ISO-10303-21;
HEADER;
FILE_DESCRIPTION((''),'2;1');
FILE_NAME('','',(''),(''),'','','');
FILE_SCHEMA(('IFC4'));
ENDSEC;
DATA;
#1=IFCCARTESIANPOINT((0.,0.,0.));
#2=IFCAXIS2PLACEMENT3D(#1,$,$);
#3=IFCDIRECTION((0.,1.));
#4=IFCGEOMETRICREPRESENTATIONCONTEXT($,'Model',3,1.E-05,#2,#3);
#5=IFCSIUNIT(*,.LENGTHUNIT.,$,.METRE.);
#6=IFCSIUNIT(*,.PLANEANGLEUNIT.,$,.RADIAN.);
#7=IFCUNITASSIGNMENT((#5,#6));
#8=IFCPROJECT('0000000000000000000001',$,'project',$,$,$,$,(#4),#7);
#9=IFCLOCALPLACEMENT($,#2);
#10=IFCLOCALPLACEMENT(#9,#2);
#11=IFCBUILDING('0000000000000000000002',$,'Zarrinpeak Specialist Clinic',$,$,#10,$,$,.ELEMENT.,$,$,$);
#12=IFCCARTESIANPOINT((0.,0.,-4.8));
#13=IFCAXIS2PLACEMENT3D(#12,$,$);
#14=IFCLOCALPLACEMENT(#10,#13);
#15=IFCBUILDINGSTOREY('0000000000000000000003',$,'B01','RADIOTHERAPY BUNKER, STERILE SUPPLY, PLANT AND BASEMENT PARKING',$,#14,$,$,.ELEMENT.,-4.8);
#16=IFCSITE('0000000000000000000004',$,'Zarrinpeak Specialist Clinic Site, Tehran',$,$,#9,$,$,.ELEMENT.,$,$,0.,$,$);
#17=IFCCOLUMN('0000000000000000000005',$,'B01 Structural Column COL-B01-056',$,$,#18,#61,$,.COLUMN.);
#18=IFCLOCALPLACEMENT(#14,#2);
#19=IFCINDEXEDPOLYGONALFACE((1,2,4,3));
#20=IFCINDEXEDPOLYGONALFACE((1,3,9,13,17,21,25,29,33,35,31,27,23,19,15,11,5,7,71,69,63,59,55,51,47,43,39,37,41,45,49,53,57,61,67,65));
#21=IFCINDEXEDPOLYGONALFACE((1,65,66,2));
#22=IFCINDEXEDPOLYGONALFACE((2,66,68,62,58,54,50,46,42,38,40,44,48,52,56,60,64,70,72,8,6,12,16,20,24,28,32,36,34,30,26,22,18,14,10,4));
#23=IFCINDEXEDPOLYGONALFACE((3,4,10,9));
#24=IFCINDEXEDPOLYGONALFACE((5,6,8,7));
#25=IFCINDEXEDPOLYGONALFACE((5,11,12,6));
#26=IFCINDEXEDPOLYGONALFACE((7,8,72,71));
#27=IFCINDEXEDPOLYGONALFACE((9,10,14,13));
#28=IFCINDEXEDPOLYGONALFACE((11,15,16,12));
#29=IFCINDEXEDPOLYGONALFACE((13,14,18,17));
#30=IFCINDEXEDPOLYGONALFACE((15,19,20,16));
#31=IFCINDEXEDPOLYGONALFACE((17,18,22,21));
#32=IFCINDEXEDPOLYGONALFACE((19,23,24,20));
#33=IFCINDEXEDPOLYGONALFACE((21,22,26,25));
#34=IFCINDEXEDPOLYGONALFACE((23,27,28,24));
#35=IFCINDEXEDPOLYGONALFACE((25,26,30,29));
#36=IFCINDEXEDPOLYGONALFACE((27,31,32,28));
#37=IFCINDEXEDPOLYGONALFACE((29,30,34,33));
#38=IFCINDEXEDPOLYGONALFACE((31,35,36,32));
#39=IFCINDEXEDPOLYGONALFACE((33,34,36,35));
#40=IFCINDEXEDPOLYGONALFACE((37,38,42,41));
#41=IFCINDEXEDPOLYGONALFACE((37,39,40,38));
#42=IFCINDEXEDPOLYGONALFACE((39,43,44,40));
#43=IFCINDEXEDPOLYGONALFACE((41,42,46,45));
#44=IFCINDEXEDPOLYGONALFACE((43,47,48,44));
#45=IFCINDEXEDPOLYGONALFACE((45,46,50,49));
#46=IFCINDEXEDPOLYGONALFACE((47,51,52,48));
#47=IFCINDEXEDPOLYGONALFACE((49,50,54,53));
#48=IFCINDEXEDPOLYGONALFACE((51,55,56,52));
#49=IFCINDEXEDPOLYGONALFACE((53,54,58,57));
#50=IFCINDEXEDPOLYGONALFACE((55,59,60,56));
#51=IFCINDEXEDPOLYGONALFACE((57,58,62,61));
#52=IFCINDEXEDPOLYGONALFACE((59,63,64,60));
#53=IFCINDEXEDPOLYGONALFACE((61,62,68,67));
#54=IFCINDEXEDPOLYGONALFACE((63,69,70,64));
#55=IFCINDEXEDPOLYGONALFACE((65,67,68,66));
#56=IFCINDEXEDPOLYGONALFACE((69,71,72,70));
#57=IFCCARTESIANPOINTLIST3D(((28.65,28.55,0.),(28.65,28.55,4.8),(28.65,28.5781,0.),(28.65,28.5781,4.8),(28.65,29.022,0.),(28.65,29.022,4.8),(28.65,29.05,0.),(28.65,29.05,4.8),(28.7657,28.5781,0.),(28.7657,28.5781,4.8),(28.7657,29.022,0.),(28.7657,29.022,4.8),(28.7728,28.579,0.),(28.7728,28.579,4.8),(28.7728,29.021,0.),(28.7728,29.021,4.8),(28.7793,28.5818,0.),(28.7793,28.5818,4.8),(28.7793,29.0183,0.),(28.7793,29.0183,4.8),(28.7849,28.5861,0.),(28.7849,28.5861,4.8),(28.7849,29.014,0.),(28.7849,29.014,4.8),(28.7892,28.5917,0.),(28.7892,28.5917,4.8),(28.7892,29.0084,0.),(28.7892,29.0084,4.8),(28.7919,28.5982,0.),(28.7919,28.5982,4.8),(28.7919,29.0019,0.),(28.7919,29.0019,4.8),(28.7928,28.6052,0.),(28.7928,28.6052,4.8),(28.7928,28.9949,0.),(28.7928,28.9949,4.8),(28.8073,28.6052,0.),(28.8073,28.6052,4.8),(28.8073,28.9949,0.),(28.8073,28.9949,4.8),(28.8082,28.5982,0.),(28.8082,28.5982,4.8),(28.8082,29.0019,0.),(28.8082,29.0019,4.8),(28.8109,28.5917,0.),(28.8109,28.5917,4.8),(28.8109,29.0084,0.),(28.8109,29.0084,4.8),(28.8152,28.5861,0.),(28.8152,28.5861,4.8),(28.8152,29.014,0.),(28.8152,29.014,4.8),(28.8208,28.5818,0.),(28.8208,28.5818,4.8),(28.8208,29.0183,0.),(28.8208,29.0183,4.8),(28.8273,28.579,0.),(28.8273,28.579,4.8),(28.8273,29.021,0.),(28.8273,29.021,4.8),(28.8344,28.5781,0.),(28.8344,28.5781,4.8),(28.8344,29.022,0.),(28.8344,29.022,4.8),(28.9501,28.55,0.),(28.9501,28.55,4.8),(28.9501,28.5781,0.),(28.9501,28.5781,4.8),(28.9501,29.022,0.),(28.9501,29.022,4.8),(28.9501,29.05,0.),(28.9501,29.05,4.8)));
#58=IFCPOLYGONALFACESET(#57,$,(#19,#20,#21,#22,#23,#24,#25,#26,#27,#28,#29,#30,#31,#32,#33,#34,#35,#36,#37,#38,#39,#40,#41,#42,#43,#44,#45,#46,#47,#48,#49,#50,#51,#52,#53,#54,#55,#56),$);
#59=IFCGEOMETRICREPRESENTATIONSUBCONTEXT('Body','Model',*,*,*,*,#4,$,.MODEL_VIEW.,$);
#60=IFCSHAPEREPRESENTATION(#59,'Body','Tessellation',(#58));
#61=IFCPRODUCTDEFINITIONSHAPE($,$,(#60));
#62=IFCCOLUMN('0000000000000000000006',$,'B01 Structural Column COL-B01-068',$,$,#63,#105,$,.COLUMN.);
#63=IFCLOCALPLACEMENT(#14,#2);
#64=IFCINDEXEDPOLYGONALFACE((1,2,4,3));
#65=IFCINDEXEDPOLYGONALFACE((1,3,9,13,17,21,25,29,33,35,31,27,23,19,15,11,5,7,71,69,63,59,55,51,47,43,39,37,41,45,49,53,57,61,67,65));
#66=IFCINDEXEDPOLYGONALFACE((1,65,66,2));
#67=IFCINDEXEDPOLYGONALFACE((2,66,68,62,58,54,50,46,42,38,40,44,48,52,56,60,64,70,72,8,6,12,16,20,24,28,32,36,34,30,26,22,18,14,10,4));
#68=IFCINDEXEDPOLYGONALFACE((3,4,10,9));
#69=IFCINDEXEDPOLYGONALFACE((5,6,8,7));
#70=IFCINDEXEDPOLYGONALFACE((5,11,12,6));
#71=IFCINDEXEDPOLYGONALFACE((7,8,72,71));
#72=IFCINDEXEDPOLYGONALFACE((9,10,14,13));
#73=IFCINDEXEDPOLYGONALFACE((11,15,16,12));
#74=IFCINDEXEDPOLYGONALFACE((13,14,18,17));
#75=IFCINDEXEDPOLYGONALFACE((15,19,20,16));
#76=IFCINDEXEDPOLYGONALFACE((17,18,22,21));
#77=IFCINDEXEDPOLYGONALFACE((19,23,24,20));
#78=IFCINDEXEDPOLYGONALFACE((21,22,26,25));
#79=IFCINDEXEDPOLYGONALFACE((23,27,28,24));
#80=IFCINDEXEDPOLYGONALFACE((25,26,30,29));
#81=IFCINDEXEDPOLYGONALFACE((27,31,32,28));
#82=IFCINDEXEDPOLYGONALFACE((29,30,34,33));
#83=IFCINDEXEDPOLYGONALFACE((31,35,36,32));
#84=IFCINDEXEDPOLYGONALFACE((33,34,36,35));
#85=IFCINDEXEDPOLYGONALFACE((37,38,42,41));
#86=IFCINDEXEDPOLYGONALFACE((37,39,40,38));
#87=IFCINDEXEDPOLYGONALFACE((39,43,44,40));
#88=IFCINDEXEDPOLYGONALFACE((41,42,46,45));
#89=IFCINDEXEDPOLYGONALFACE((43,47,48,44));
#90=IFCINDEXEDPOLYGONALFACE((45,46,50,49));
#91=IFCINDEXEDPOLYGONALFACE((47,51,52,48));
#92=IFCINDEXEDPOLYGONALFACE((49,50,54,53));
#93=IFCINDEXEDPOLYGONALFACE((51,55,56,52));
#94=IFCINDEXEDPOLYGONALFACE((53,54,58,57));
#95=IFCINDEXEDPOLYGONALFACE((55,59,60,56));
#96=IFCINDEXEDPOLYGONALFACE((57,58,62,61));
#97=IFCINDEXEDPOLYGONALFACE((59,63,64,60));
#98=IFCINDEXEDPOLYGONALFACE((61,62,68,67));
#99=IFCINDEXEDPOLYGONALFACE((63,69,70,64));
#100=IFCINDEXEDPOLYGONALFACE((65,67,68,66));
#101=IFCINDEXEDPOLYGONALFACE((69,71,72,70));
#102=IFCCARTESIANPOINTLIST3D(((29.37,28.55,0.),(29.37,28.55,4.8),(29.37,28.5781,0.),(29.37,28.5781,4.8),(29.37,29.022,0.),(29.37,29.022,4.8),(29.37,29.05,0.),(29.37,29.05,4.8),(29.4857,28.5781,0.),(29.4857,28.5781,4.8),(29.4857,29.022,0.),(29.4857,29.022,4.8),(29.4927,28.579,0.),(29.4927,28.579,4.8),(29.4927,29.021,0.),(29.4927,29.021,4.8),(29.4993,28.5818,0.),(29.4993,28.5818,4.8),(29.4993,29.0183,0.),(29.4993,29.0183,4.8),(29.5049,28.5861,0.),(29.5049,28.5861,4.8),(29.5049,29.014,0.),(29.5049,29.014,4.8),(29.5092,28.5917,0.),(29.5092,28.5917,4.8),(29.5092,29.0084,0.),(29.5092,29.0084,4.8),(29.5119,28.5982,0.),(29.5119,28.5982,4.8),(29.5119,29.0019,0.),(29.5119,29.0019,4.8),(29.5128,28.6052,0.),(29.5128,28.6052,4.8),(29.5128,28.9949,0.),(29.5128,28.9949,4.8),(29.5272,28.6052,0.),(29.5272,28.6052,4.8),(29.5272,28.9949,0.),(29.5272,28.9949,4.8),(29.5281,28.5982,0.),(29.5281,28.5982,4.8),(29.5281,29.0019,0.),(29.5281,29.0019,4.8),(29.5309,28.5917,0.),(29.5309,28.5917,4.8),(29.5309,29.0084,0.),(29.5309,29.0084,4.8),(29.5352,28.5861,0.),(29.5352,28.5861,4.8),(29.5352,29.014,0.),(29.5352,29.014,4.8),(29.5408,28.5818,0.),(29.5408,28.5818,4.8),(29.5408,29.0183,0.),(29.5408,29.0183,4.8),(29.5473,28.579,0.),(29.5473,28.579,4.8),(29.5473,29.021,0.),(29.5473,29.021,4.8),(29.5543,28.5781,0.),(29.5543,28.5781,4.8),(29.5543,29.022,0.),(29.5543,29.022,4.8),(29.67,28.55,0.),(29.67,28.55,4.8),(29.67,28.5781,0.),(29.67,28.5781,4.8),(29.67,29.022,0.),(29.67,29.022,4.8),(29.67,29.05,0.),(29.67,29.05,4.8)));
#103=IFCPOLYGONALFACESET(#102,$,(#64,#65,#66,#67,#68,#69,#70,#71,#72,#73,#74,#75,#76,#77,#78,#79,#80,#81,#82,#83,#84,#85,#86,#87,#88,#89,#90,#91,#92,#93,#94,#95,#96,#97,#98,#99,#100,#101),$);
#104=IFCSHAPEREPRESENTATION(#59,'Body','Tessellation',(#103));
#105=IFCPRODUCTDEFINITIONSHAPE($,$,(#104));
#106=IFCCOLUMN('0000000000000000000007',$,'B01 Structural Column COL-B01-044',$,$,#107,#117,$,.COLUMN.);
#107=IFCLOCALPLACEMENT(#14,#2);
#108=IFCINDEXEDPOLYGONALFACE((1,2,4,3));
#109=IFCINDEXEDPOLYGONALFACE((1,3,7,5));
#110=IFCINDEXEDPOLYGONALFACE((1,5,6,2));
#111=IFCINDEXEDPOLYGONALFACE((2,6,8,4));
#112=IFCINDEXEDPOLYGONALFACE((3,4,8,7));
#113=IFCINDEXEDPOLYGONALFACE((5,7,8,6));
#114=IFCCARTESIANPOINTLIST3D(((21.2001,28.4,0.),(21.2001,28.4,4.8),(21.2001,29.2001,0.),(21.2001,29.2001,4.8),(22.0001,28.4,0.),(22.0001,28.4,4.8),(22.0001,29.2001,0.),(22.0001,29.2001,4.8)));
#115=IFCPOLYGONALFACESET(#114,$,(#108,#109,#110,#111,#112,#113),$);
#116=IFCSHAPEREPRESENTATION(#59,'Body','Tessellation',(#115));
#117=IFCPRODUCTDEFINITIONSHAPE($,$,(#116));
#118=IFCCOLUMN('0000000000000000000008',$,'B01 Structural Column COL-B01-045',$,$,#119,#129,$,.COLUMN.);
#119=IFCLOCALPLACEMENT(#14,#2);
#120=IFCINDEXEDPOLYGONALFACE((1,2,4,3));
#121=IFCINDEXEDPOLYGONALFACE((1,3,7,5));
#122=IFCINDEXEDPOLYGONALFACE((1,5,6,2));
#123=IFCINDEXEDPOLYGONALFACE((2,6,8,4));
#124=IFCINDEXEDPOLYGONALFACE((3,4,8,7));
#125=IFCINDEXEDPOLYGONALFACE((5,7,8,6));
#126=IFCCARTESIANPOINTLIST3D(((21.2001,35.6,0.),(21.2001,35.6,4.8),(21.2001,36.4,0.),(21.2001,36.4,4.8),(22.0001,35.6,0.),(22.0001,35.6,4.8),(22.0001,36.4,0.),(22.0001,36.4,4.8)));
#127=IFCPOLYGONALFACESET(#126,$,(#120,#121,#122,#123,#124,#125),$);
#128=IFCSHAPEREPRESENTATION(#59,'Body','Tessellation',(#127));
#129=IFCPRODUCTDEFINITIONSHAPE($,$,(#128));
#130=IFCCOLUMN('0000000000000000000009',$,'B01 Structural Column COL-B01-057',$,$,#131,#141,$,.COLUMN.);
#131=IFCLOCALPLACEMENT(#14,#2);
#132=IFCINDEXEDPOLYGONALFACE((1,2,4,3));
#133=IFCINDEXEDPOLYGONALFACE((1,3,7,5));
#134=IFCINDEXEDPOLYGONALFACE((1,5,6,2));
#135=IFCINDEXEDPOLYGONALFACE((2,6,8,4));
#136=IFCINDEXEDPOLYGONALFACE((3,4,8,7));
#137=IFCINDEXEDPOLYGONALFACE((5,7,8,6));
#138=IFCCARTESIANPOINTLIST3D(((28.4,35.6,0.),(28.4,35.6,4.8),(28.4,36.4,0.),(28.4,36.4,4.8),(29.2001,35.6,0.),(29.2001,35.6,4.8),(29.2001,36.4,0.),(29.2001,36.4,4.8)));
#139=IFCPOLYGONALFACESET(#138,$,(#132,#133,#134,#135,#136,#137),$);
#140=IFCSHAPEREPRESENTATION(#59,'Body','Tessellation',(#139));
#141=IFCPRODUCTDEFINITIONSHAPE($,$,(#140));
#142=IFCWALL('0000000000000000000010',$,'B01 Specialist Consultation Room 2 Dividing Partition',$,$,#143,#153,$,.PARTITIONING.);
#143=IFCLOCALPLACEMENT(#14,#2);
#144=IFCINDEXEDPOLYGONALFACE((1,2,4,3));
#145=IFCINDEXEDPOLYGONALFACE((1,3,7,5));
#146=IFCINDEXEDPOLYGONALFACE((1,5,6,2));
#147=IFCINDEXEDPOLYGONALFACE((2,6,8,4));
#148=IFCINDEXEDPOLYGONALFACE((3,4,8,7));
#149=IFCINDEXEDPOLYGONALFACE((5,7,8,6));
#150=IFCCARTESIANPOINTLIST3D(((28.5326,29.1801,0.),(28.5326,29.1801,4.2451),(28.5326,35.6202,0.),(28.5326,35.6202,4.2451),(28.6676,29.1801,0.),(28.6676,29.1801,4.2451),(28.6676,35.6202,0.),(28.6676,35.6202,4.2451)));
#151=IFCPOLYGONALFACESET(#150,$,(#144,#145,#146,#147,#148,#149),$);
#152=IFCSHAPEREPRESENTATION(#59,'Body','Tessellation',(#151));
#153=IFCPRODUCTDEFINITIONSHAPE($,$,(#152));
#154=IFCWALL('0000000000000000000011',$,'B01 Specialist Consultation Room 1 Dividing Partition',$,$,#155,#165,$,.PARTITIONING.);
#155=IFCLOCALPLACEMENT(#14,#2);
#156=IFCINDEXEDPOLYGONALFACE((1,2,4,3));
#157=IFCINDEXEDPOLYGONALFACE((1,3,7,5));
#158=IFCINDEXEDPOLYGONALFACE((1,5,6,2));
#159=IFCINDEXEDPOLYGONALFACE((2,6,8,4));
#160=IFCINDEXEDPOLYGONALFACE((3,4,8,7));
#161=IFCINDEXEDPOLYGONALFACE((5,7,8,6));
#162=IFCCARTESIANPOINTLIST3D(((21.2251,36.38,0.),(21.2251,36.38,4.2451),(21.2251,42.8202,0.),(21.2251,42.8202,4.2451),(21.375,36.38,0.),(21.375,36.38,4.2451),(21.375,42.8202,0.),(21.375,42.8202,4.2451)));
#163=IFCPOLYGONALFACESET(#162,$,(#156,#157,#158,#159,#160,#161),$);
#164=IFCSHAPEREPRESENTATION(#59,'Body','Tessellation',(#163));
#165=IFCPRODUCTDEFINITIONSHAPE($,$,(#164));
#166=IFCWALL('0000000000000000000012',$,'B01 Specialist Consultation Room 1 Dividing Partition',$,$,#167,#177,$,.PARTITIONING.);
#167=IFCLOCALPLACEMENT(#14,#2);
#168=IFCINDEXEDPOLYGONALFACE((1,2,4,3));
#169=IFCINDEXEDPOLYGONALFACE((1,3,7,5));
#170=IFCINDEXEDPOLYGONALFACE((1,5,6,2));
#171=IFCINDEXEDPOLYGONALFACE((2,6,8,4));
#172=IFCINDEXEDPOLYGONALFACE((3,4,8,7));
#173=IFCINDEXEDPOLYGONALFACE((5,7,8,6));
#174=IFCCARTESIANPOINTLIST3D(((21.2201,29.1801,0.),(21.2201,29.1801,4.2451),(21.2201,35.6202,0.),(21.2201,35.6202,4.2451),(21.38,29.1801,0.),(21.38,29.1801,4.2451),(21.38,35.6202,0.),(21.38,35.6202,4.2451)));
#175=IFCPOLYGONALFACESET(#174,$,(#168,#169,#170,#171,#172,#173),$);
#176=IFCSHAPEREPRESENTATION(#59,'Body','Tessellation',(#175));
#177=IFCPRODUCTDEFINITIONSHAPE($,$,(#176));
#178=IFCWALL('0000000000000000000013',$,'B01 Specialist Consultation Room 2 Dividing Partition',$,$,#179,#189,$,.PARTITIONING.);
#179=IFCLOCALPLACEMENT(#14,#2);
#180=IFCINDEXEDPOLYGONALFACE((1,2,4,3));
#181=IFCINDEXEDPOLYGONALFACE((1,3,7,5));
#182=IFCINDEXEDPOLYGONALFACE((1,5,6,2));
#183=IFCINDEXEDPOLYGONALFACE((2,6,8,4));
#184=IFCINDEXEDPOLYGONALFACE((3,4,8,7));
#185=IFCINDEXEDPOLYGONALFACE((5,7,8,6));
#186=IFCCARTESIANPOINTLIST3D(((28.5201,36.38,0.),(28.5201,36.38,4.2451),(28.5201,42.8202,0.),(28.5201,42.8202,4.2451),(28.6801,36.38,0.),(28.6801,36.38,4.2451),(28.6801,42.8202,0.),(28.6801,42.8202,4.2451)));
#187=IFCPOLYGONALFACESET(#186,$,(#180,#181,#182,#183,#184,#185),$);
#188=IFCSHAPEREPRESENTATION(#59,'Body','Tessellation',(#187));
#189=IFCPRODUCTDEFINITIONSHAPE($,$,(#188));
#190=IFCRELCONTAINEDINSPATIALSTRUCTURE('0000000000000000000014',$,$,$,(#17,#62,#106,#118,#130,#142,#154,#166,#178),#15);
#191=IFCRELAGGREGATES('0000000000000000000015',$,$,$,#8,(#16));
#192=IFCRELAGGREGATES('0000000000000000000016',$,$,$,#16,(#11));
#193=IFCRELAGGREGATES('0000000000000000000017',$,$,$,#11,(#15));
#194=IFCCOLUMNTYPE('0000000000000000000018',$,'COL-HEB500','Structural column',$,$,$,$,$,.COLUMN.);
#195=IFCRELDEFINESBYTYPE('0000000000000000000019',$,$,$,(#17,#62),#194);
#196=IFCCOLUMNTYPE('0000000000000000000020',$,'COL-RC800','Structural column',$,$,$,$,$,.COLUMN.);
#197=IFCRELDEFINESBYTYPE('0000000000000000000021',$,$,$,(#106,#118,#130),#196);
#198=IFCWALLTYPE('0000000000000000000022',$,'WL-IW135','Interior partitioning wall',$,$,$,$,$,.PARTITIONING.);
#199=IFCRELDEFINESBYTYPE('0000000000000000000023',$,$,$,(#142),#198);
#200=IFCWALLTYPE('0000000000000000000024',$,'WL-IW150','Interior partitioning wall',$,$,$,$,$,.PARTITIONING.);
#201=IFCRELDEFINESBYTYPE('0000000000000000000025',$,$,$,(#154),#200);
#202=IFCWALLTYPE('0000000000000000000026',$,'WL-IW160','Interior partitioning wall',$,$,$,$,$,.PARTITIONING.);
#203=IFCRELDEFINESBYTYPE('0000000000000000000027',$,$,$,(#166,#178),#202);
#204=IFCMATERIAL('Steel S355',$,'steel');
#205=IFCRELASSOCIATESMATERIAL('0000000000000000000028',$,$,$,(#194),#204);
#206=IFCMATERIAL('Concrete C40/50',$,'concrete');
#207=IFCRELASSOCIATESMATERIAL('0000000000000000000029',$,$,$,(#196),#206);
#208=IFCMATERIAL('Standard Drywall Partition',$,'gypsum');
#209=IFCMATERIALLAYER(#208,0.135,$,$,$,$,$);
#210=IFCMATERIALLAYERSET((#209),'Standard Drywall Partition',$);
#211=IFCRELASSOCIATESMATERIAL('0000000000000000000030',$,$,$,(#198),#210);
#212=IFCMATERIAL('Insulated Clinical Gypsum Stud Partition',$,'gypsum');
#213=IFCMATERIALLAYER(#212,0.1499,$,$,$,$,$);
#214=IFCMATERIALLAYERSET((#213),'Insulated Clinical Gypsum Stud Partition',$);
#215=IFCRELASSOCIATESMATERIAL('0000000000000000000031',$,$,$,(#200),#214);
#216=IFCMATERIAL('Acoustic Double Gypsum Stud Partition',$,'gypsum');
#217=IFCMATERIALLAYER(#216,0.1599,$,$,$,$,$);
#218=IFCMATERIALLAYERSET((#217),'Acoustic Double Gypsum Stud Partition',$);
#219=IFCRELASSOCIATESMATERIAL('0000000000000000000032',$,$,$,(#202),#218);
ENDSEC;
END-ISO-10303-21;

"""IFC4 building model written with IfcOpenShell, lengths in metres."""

from ifc_helpers import new_model, si_unit, direction, frame, frame_2d, origin, origin_2d, place, context, subcontext, project, spatial, rectangle, i_section, extrude, material, layer, layer_set, material_profile, profile_set, type_object, element, save


model = new_model("IFC4")

# Units and contexts
model_context = context("Model", 3, precision=1e-05, world=origin(), true_north=direction((0.0, 1.0)))
body_context = subcontext(model_context, "Body", "Model", "MODEL_VIEW")
ifc_project = project(units=[si_unit("LENGTHUNIT", "METRE"), si_unit("PLANEANGLEUNIT", "RADIAN")], contexts=[model_context])

# Site, building, storey
site_placement = place(None, origin())
site = spatial("IfcSite", under=ifc_project, at=site_placement, Name="Zarrinpeak Specialist Clinic Site, Tehran", CompositionType="ELEMENT", RefElevation=0.0)
building_placement = place(site_placement, origin())
building = spatial("IfcBuilding", under=site, at=building_placement, Name="Zarrinpeak Specialist Clinic", CompositionType="ELEMENT")
storey_placement = place(building_placement, frame((0.0, 0.0, -4.8)))
storey = spatial("IfcBuildingStorey", under=building, at=storey_placement, Name="B01", Description="RADIOTHERAPY BUNKER, STERILE SUPPLY, PLANT AND BASEMENT PARKING", CompositionType="ELEMENT", Elevation=-4.8)

# Shared definitions
ifc_material_1 = material(Name="Concrete C40/50", Category="concrete")

# Columns
ifc_material_2 = material(Name="Steel S355", Category="steel")
ifc_material_profile_1 = material_profile(ifc_material_2, i_section(OverallWidth=0.3, OverallDepth=0.5, WebThickness=0.0144, FlangeThickness=0.0281, FilletRadius=0.0271, at=origin_2d()), Name="HEB 500")
ifc_profile_set_1 = profile_set([ifc_material_profile_1], Name="Steel S355")
column_type_1 = type_object("IfcColumnType", Name="COL-HEB500", Description="Structural column", PredefinedType="COLUMN", material=ifc_profile_set_1)
for number, where, z_axis, x_axis, name in (
    (1, (28.8, 28.8, 0.0), (0.0, 0.0, 1.0), (1.0, 0.0, 0.0), "B01 Structural Column COL-B01-056"),
    (2, (29.52, 28.8, 0.0), (0.0, 0.0, 1.0), (1.0, 0.0, 0.0), "B01 Structural Column COL-B01-068"),
):
    element("IfcColumn", number, at=place(storey_placement, frame(where, z_axis=z_axis, x_axis=x_axis)), inside=storey, type_object=column_type_1, Name=name, PredefinedType="COLUMN", context=body_context, shape_type="SweptSolid", body=[
        extrude(i_section(OverallWidth=0.3, OverallDepth=0.5, WebThickness=0.0144, FlangeThickness=0.0281, FilletRadius=0.0271, at=origin_2d()), origin(), (0.0, 0.0, 1.0), 4.8),
    ])
ifc_material_profile_2 = material_profile(ifc_material_1, rectangle(XDim=0.8, YDim=0.8, at=origin_2d()), Name="RC 800x800")
ifc_profile_set_2 = profile_set([ifc_material_profile_2], Name="Concrete C40/50")
column_type_2 = type_object("IfcColumnType", Name="COL-RC800", Description="Structural column", PredefinedType="COLUMN", material=ifc_profile_set_2)
for number, where, z_axis, x_axis, name in (
    (3, (21.6001, 28.8, 0.0), (0.0, 0.0, 1.0), (1.0, 0.0, 0.0), "B01 Structural Column COL-B01-044"),
    (4, (21.6001, 36.0, 0.0), (0.0, 0.0, 1.0), (1.0, 0.0, 0.0), "B01 Structural Column COL-B01-045"),
    (5, (28.8, 36.0, 0.0), (0.0, 0.0, 1.0), (1.0, 0.0, 0.0), "B01 Structural Column COL-B01-057"),
):
    element("IfcColumn", number, at=place(storey_placement, frame(where, z_axis=z_axis, x_axis=x_axis)), inside=storey, type_object=column_type_2, Name=name, PredefinedType="COLUMN", context=body_context, shape_type="SweptSolid", body=[
        extrude(rectangle(XDim=0.8, YDim=0.8, at=origin_2d()), origin(), (0.0, 0.0, 1.0), 4.8),
    ])

# Walls
ifc_material_3 = material(Name="Standard Drywall Partition", Category="gypsum")
ifc_layer_1 = layer(ifc_material_3, 0.135)
ifc_layer_set_1 = layer_set([ifc_layer_1], Name="Standard Drywall Partition")
wall_type_1 = type_object("IfcWallType", Name="WL-IW135", Description="Interior partitioning wall", PredefinedType="PARTITIONING", material=ifc_layer_set_1)
wall_1_placement = place(storey_placement, frame((28.6001, 29.1799, 0.0), z_axis=(0.0, 0.0, 1.0), x_axis=(0.0, 1.0, 0.0)))
element("IfcWall", 6, at=wall_1_placement, inside=storey, type_object=wall_type_1, Name="B01 Specialist Consultation Room 2 Dividing Partition", PredefinedType="PARTITIONING", context=body_context, shape_type="SweptSolid", body=[
    extrude(rectangle(XDim=6.4402, YDim=0.135, at=frame_2d((3.2202, 0.0))), origin(), (0.0, 0.0, 1.0), 4.2451),
])
ifc_material_4 = material(Name="Insulated Clinical Gypsum Stud Partition", Category="gypsum")
ifc_layer_2 = layer(ifc_material_4, 0.1499)
ifc_layer_set_2 = layer_set([ifc_layer_2], Name="Insulated Clinical Gypsum Stud Partition")
wall_type_2 = type_object("IfcWallType", Name="WL-IW150", Description="Interior partitioning wall", PredefinedType="PARTITIONING", material=ifc_layer_set_2)
wall_2_placement = place(storey_placement, frame((21.3, 36.3799, 0.0), z_axis=(0.0, 0.0, 1.0), x_axis=(0.0, 1.0, 0.0)))
element("IfcWall", 7, at=wall_2_placement, inside=storey, type_object=wall_type_2, Name="B01 Specialist Consultation Room 1 Dividing Partition", PredefinedType="PARTITIONING", context=body_context, shape_type="SweptSolid", body=[
    extrude(rectangle(XDim=6.4402, YDim=0.1499, at=frame_2d((3.2202, 0.0))), origin(), (0.0, 0.0, 1.0), 4.2451),
])
ifc_material_5 = material(Name="Acoustic Double Gypsum Stud Partition", Category="gypsum")
ifc_layer_3 = layer(ifc_material_5, 0.1599)
ifc_layer_set_3 = layer_set([ifc_layer_3], Name="Acoustic Double Gypsum Stud Partition")
wall_type_3 = type_object("IfcWallType", Name="WL-IW160", Description="Interior partitioning wall", PredefinedType="PARTITIONING", material=ifc_layer_set_3)
for number, where, z_axis, x_axis, name in (
    (8, (21.3, 29.1799, 0.0), (0.0, 0.0, 1.0), (0.0, 1.0, 0.0), "B01 Specialist Consultation Room 1 Dividing Partition"),
    (9, (28.6001, 36.3799, 0.0), (0.0, 0.0, 1.0), (0.0, 1.0, 0.0), "B01 Specialist Consultation Room 2 Dividing Partition"),
):
    element("IfcWall", number, at=place(storey_placement, frame(where, z_axis=z_axis, x_axis=x_axis)), inside=storey, type_object=wall_type_3, Name=name, PredefinedType="PARTITIONING", context=body_context, shape_type="SweptSolid", body=[
        extrude(rectangle(XDim=6.4402, YDim=0.1599, at=frame_2d((3.2202, 0.0))), origin(), (0.0, 0.0, 1.0), 4.2451),
    ])

save(model, "model.ifc")
